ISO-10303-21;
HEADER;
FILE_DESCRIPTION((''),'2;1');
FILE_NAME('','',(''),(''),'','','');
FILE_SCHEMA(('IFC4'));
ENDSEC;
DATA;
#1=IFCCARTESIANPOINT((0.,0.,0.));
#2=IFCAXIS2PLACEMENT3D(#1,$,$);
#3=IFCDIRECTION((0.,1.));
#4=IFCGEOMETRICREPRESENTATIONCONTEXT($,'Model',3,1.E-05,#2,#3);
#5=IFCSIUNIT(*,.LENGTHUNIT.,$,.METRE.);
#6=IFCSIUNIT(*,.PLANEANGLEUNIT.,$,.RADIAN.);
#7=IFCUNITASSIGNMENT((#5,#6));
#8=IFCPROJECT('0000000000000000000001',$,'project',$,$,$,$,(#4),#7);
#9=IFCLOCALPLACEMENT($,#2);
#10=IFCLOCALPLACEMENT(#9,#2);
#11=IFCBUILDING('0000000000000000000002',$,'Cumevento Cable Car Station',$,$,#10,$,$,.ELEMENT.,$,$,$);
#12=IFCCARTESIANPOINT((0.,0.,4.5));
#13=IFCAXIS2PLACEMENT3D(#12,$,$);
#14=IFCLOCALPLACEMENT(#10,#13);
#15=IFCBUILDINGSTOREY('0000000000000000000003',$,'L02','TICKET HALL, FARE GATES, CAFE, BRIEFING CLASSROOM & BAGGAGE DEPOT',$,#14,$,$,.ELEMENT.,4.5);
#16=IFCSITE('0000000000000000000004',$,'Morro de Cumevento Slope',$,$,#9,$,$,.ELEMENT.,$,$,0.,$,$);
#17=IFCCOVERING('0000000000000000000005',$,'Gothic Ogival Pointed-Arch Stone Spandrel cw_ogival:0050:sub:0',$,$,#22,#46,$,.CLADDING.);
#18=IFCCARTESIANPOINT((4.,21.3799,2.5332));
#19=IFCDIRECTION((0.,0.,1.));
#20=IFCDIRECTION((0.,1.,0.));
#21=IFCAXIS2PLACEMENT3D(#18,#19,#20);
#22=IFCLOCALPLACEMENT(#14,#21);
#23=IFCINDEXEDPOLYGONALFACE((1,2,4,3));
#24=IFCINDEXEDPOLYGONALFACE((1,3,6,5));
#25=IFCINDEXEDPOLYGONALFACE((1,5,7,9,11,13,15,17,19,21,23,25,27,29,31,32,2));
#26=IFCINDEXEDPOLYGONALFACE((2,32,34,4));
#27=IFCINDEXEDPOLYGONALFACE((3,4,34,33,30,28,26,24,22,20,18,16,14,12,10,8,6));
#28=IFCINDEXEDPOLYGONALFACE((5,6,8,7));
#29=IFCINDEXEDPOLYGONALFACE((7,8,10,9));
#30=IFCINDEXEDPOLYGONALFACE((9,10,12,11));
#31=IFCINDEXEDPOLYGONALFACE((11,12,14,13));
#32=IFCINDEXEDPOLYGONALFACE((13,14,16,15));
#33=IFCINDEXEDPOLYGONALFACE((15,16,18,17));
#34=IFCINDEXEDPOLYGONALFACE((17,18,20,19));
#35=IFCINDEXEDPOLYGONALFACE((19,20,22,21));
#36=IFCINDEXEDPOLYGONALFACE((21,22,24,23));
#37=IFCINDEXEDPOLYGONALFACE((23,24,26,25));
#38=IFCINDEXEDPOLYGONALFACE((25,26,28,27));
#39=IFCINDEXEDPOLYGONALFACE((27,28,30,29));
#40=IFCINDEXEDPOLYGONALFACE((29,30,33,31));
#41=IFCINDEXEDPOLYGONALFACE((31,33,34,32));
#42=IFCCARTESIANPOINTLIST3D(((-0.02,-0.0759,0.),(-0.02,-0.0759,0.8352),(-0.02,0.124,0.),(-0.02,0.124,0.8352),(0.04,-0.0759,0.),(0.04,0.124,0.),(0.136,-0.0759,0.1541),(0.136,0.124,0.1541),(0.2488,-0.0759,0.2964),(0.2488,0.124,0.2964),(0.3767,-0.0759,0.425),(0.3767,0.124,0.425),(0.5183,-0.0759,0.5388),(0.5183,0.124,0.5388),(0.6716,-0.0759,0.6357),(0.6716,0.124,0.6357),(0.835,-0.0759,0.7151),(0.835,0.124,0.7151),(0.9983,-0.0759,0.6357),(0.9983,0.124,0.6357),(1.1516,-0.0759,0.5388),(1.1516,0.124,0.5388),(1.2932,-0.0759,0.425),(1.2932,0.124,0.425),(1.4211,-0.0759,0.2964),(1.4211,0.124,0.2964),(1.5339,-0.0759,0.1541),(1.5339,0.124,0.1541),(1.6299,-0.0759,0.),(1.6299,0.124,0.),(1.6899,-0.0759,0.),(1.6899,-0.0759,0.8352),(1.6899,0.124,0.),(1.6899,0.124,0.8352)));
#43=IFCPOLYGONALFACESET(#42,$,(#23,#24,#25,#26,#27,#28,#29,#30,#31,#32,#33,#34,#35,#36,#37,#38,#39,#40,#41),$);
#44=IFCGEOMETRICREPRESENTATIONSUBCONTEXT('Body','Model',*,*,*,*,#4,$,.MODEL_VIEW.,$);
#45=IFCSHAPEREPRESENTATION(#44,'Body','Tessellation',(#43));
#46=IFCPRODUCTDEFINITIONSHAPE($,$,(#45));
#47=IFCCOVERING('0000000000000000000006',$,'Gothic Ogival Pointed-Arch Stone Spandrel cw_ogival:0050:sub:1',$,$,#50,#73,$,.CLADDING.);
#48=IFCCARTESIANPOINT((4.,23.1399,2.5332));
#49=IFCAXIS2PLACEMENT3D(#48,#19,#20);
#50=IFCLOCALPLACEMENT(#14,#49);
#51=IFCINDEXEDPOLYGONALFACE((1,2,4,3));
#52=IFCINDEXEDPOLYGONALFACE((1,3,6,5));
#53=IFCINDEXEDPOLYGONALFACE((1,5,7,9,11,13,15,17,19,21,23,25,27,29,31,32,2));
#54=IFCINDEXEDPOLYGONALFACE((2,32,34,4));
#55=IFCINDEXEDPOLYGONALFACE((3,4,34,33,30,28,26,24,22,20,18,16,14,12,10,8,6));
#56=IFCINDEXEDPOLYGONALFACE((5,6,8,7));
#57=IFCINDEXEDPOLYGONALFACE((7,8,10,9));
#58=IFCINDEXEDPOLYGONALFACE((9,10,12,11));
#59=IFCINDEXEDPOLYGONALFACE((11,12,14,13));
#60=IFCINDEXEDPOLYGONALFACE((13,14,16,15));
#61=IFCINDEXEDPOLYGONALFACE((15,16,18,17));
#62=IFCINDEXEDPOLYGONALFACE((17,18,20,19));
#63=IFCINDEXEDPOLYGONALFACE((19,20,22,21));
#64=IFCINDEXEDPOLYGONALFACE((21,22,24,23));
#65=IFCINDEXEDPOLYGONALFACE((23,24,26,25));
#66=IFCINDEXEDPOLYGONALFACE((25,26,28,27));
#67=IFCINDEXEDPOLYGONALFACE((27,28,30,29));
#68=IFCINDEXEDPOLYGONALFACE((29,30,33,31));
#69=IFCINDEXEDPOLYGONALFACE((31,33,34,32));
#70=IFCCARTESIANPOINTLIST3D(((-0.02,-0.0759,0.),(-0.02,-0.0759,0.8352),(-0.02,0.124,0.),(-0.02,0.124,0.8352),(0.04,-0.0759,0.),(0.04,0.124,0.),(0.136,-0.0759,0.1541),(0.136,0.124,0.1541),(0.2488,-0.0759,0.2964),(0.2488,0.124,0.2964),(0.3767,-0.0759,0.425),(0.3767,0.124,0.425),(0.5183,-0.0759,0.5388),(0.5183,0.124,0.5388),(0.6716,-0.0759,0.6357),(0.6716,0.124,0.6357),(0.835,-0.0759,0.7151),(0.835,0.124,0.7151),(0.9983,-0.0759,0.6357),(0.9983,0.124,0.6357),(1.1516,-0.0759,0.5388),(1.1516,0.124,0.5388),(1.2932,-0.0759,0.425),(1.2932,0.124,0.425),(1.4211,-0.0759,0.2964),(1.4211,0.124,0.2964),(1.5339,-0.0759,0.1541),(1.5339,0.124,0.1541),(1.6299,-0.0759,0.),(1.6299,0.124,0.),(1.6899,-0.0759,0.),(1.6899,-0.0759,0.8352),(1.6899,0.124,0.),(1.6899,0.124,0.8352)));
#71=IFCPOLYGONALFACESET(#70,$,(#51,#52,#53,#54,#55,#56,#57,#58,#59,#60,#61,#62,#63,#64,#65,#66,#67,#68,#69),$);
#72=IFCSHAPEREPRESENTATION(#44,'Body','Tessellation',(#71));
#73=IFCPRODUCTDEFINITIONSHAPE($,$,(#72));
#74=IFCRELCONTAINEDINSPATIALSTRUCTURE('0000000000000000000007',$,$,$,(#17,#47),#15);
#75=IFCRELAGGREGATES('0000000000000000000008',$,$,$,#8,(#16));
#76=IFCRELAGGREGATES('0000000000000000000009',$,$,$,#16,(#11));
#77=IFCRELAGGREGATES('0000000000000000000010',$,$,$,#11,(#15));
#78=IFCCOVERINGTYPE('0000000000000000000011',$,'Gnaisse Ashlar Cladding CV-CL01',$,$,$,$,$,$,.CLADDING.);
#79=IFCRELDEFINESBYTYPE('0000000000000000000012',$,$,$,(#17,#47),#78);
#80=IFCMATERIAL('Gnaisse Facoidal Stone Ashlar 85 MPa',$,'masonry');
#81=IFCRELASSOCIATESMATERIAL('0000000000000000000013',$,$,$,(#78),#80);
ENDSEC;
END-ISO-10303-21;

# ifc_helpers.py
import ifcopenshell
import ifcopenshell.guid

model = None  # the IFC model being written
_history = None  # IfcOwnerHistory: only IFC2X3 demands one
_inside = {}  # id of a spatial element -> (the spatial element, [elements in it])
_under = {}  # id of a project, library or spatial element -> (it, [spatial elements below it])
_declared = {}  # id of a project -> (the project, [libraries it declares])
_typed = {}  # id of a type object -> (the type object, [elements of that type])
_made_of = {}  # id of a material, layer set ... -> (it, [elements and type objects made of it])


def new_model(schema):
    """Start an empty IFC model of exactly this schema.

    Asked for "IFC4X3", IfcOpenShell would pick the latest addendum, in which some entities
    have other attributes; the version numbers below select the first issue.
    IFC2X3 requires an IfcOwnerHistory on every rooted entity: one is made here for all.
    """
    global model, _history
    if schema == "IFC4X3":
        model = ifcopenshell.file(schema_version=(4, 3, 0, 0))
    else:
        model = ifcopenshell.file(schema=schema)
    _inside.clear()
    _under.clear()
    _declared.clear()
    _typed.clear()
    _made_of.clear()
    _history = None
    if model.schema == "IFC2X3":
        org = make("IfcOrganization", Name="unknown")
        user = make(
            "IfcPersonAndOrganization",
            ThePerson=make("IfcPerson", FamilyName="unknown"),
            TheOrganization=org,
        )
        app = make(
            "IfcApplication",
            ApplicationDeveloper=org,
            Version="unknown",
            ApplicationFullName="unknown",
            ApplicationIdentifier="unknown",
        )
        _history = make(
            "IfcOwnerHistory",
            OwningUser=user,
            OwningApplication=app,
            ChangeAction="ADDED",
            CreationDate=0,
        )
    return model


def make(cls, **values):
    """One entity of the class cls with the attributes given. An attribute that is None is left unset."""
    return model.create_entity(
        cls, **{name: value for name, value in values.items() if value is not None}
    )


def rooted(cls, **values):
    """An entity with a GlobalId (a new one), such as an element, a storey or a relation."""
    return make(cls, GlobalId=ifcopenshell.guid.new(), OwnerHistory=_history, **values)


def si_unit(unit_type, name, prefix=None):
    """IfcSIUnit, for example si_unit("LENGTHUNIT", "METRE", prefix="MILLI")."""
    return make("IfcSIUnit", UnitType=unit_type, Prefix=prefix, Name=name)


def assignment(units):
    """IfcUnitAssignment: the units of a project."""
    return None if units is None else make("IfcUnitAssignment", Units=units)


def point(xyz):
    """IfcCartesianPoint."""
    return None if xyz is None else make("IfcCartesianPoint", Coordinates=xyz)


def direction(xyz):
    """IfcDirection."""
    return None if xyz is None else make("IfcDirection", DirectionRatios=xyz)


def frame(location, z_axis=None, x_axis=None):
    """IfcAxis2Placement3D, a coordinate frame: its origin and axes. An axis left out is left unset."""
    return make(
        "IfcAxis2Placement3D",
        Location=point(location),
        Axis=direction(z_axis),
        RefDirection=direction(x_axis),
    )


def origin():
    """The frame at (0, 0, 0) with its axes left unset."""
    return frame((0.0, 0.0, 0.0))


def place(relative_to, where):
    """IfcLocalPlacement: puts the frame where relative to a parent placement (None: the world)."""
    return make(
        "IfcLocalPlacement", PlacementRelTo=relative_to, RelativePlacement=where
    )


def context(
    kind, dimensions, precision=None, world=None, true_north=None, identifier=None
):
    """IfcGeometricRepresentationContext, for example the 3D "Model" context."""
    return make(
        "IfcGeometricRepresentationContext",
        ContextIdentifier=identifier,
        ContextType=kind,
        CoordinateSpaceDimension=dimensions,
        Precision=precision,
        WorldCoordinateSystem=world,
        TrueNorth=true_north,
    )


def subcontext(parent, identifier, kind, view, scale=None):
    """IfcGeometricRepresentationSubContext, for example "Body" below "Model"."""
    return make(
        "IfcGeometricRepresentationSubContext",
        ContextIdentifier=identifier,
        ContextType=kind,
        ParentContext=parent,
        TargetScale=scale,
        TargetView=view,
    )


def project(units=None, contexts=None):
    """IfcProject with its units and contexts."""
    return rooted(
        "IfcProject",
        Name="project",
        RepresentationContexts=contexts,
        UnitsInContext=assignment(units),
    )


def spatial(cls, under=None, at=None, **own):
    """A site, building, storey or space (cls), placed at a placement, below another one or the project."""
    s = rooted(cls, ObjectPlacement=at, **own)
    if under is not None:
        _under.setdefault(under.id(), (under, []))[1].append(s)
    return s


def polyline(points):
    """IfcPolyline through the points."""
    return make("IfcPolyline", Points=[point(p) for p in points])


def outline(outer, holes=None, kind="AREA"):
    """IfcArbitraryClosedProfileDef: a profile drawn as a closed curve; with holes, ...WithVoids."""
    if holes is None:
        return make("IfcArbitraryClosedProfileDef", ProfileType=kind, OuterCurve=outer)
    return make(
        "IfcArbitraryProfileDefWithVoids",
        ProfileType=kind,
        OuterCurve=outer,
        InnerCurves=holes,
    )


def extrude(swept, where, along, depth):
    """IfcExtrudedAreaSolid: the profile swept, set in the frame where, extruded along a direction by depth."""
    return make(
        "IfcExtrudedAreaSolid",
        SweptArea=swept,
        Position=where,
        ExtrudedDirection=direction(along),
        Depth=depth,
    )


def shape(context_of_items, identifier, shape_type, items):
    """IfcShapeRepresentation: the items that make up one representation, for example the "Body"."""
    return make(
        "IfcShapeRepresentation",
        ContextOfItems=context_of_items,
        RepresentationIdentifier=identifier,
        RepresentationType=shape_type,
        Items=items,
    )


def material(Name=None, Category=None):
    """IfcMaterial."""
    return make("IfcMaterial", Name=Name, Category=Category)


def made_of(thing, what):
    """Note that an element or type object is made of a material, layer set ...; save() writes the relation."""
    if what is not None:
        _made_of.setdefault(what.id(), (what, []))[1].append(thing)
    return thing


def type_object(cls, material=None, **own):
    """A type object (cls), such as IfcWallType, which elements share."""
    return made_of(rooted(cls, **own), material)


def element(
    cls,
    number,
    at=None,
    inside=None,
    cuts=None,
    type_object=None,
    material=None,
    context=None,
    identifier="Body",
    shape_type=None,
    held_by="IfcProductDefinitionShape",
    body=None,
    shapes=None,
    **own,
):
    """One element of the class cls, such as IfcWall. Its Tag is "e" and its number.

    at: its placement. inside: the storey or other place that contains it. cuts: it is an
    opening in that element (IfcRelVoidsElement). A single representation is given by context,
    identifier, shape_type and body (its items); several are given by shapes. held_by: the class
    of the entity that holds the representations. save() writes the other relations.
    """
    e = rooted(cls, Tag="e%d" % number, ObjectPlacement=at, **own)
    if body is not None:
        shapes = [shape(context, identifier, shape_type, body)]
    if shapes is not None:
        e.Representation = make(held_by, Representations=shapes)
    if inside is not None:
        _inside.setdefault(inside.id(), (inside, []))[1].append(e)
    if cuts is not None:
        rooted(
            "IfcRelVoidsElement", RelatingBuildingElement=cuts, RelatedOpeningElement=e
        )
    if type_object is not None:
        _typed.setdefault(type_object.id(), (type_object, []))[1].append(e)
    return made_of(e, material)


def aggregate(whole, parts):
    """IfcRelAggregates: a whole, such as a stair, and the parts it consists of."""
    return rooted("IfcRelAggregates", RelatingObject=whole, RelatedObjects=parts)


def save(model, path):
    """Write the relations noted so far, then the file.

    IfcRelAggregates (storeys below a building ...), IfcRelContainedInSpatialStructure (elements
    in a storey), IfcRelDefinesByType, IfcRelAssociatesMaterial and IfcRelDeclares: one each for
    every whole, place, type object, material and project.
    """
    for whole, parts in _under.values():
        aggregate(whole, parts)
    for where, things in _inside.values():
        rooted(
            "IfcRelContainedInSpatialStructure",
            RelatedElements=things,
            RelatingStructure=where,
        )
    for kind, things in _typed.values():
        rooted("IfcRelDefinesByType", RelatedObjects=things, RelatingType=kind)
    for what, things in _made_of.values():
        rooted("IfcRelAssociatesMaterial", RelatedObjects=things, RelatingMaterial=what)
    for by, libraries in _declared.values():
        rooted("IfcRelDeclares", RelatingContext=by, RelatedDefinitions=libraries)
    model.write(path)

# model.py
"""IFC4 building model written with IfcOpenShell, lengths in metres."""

from ifc_helpers import new_model, si_unit, direction, frame, origin, place, context, subcontext, project, spatial, polyline, outline, extrude, material, type_object, element, save


model = new_model("IFC4")

# Units and contexts
model_context = context("Model", 3, precision=1e-05, world=origin(), true_north=direction((0.0, 1.0)))
body_context = subcontext(model_context, "Body", "Model", "MODEL_VIEW")
ifc_project = project(units=[si_unit("LENGTHUNIT", "METRE"), si_unit("PLANEANGLEUNIT", "RADIAN")], contexts=[model_context])

# Site, building, storey
site_placement = place(None, origin())
site = spatial("IfcSite", under=ifc_project, at=site_placement, Name="Morro de Cumevento Slope", CompositionType="ELEMENT", RefElevation=0.0)
building_placement = place(site_placement, origin())
building = spatial("IfcBuilding", under=site, at=building_placement, Name="Cumevento Cable Car Station", CompositionType="ELEMENT")
storey_placement = place(building_placement, frame((0.0, 0.0, 4.5)))
storey = spatial("IfcBuildingStorey", under=building, at=storey_placement, Name="L02", Description="TICKET HALL, FARE GATES, CAFE, BRIEFING CLASSROOM & BAGGAGE DEPOT", CompositionType="ELEMENT", Elevation=4.5)

# Coverings
ifc_material_1 = material(Name="Gnaisse Facoidal Stone Ashlar 85 MPa", Category="masonry")
covering_type = type_object("IfcCoveringType", Name="Gnaisse Ashlar Cladding CV-CL01", PredefinedType="CLADDING", material=ifc_material_1)
for number, where, z_axis, x_axis, name in (
    (1, (4.0, 21.3799, 2.5332), (0.0, 0.0, 1.0), (0.0, 1.0, 0.0), "Gothic Ogival Pointed-Arch Stone Spandrel cw_ogival:0050:sub:0"),
    (2, (4.0, 23.1399, 2.5332), (0.0, 0.0, 1.0), (0.0, 1.0, 0.0), "Gothic Ogival Pointed-Arch Stone Spandrel cw_ogival:0050:sub:1"),
):
    element("IfcCovering", number, at=place(storey_placement, frame(where, z_axis=z_axis, x_axis=x_axis)), inside=storey, type_object=covering_type, Name=name, PredefinedType="CLADDING", context=body_context, shape_type="SweptSolid", body=[
        extrude(outline(polyline([(-0.02, 0.0), (-0.02, 0.8352), (1.6899, 0.8352), (1.6899, 0.0), (1.6299, 0.0), (1.5339, 0.1541), (1.4211, 0.2964), (1.2932, 0.425), (1.1516, 0.5388), (0.9983, 0.6357), (0.835, 0.7151), (0.6716, 0.6357), (0.5183, 0.5388), (0.3767, 0.425), (0.2488, 0.2964), (0.136, 0.1541), (0.04, 0.0), (-0.02, 0.0)])), frame((0.0, 0.124, 0.0), z_axis=(0.0, -1.0, 0.0), x_axis=(1.0, 0.0, 0.0)), (0.0, 0.0, 1.0), 0.2),
    ])

save(model, "model.ifc")
